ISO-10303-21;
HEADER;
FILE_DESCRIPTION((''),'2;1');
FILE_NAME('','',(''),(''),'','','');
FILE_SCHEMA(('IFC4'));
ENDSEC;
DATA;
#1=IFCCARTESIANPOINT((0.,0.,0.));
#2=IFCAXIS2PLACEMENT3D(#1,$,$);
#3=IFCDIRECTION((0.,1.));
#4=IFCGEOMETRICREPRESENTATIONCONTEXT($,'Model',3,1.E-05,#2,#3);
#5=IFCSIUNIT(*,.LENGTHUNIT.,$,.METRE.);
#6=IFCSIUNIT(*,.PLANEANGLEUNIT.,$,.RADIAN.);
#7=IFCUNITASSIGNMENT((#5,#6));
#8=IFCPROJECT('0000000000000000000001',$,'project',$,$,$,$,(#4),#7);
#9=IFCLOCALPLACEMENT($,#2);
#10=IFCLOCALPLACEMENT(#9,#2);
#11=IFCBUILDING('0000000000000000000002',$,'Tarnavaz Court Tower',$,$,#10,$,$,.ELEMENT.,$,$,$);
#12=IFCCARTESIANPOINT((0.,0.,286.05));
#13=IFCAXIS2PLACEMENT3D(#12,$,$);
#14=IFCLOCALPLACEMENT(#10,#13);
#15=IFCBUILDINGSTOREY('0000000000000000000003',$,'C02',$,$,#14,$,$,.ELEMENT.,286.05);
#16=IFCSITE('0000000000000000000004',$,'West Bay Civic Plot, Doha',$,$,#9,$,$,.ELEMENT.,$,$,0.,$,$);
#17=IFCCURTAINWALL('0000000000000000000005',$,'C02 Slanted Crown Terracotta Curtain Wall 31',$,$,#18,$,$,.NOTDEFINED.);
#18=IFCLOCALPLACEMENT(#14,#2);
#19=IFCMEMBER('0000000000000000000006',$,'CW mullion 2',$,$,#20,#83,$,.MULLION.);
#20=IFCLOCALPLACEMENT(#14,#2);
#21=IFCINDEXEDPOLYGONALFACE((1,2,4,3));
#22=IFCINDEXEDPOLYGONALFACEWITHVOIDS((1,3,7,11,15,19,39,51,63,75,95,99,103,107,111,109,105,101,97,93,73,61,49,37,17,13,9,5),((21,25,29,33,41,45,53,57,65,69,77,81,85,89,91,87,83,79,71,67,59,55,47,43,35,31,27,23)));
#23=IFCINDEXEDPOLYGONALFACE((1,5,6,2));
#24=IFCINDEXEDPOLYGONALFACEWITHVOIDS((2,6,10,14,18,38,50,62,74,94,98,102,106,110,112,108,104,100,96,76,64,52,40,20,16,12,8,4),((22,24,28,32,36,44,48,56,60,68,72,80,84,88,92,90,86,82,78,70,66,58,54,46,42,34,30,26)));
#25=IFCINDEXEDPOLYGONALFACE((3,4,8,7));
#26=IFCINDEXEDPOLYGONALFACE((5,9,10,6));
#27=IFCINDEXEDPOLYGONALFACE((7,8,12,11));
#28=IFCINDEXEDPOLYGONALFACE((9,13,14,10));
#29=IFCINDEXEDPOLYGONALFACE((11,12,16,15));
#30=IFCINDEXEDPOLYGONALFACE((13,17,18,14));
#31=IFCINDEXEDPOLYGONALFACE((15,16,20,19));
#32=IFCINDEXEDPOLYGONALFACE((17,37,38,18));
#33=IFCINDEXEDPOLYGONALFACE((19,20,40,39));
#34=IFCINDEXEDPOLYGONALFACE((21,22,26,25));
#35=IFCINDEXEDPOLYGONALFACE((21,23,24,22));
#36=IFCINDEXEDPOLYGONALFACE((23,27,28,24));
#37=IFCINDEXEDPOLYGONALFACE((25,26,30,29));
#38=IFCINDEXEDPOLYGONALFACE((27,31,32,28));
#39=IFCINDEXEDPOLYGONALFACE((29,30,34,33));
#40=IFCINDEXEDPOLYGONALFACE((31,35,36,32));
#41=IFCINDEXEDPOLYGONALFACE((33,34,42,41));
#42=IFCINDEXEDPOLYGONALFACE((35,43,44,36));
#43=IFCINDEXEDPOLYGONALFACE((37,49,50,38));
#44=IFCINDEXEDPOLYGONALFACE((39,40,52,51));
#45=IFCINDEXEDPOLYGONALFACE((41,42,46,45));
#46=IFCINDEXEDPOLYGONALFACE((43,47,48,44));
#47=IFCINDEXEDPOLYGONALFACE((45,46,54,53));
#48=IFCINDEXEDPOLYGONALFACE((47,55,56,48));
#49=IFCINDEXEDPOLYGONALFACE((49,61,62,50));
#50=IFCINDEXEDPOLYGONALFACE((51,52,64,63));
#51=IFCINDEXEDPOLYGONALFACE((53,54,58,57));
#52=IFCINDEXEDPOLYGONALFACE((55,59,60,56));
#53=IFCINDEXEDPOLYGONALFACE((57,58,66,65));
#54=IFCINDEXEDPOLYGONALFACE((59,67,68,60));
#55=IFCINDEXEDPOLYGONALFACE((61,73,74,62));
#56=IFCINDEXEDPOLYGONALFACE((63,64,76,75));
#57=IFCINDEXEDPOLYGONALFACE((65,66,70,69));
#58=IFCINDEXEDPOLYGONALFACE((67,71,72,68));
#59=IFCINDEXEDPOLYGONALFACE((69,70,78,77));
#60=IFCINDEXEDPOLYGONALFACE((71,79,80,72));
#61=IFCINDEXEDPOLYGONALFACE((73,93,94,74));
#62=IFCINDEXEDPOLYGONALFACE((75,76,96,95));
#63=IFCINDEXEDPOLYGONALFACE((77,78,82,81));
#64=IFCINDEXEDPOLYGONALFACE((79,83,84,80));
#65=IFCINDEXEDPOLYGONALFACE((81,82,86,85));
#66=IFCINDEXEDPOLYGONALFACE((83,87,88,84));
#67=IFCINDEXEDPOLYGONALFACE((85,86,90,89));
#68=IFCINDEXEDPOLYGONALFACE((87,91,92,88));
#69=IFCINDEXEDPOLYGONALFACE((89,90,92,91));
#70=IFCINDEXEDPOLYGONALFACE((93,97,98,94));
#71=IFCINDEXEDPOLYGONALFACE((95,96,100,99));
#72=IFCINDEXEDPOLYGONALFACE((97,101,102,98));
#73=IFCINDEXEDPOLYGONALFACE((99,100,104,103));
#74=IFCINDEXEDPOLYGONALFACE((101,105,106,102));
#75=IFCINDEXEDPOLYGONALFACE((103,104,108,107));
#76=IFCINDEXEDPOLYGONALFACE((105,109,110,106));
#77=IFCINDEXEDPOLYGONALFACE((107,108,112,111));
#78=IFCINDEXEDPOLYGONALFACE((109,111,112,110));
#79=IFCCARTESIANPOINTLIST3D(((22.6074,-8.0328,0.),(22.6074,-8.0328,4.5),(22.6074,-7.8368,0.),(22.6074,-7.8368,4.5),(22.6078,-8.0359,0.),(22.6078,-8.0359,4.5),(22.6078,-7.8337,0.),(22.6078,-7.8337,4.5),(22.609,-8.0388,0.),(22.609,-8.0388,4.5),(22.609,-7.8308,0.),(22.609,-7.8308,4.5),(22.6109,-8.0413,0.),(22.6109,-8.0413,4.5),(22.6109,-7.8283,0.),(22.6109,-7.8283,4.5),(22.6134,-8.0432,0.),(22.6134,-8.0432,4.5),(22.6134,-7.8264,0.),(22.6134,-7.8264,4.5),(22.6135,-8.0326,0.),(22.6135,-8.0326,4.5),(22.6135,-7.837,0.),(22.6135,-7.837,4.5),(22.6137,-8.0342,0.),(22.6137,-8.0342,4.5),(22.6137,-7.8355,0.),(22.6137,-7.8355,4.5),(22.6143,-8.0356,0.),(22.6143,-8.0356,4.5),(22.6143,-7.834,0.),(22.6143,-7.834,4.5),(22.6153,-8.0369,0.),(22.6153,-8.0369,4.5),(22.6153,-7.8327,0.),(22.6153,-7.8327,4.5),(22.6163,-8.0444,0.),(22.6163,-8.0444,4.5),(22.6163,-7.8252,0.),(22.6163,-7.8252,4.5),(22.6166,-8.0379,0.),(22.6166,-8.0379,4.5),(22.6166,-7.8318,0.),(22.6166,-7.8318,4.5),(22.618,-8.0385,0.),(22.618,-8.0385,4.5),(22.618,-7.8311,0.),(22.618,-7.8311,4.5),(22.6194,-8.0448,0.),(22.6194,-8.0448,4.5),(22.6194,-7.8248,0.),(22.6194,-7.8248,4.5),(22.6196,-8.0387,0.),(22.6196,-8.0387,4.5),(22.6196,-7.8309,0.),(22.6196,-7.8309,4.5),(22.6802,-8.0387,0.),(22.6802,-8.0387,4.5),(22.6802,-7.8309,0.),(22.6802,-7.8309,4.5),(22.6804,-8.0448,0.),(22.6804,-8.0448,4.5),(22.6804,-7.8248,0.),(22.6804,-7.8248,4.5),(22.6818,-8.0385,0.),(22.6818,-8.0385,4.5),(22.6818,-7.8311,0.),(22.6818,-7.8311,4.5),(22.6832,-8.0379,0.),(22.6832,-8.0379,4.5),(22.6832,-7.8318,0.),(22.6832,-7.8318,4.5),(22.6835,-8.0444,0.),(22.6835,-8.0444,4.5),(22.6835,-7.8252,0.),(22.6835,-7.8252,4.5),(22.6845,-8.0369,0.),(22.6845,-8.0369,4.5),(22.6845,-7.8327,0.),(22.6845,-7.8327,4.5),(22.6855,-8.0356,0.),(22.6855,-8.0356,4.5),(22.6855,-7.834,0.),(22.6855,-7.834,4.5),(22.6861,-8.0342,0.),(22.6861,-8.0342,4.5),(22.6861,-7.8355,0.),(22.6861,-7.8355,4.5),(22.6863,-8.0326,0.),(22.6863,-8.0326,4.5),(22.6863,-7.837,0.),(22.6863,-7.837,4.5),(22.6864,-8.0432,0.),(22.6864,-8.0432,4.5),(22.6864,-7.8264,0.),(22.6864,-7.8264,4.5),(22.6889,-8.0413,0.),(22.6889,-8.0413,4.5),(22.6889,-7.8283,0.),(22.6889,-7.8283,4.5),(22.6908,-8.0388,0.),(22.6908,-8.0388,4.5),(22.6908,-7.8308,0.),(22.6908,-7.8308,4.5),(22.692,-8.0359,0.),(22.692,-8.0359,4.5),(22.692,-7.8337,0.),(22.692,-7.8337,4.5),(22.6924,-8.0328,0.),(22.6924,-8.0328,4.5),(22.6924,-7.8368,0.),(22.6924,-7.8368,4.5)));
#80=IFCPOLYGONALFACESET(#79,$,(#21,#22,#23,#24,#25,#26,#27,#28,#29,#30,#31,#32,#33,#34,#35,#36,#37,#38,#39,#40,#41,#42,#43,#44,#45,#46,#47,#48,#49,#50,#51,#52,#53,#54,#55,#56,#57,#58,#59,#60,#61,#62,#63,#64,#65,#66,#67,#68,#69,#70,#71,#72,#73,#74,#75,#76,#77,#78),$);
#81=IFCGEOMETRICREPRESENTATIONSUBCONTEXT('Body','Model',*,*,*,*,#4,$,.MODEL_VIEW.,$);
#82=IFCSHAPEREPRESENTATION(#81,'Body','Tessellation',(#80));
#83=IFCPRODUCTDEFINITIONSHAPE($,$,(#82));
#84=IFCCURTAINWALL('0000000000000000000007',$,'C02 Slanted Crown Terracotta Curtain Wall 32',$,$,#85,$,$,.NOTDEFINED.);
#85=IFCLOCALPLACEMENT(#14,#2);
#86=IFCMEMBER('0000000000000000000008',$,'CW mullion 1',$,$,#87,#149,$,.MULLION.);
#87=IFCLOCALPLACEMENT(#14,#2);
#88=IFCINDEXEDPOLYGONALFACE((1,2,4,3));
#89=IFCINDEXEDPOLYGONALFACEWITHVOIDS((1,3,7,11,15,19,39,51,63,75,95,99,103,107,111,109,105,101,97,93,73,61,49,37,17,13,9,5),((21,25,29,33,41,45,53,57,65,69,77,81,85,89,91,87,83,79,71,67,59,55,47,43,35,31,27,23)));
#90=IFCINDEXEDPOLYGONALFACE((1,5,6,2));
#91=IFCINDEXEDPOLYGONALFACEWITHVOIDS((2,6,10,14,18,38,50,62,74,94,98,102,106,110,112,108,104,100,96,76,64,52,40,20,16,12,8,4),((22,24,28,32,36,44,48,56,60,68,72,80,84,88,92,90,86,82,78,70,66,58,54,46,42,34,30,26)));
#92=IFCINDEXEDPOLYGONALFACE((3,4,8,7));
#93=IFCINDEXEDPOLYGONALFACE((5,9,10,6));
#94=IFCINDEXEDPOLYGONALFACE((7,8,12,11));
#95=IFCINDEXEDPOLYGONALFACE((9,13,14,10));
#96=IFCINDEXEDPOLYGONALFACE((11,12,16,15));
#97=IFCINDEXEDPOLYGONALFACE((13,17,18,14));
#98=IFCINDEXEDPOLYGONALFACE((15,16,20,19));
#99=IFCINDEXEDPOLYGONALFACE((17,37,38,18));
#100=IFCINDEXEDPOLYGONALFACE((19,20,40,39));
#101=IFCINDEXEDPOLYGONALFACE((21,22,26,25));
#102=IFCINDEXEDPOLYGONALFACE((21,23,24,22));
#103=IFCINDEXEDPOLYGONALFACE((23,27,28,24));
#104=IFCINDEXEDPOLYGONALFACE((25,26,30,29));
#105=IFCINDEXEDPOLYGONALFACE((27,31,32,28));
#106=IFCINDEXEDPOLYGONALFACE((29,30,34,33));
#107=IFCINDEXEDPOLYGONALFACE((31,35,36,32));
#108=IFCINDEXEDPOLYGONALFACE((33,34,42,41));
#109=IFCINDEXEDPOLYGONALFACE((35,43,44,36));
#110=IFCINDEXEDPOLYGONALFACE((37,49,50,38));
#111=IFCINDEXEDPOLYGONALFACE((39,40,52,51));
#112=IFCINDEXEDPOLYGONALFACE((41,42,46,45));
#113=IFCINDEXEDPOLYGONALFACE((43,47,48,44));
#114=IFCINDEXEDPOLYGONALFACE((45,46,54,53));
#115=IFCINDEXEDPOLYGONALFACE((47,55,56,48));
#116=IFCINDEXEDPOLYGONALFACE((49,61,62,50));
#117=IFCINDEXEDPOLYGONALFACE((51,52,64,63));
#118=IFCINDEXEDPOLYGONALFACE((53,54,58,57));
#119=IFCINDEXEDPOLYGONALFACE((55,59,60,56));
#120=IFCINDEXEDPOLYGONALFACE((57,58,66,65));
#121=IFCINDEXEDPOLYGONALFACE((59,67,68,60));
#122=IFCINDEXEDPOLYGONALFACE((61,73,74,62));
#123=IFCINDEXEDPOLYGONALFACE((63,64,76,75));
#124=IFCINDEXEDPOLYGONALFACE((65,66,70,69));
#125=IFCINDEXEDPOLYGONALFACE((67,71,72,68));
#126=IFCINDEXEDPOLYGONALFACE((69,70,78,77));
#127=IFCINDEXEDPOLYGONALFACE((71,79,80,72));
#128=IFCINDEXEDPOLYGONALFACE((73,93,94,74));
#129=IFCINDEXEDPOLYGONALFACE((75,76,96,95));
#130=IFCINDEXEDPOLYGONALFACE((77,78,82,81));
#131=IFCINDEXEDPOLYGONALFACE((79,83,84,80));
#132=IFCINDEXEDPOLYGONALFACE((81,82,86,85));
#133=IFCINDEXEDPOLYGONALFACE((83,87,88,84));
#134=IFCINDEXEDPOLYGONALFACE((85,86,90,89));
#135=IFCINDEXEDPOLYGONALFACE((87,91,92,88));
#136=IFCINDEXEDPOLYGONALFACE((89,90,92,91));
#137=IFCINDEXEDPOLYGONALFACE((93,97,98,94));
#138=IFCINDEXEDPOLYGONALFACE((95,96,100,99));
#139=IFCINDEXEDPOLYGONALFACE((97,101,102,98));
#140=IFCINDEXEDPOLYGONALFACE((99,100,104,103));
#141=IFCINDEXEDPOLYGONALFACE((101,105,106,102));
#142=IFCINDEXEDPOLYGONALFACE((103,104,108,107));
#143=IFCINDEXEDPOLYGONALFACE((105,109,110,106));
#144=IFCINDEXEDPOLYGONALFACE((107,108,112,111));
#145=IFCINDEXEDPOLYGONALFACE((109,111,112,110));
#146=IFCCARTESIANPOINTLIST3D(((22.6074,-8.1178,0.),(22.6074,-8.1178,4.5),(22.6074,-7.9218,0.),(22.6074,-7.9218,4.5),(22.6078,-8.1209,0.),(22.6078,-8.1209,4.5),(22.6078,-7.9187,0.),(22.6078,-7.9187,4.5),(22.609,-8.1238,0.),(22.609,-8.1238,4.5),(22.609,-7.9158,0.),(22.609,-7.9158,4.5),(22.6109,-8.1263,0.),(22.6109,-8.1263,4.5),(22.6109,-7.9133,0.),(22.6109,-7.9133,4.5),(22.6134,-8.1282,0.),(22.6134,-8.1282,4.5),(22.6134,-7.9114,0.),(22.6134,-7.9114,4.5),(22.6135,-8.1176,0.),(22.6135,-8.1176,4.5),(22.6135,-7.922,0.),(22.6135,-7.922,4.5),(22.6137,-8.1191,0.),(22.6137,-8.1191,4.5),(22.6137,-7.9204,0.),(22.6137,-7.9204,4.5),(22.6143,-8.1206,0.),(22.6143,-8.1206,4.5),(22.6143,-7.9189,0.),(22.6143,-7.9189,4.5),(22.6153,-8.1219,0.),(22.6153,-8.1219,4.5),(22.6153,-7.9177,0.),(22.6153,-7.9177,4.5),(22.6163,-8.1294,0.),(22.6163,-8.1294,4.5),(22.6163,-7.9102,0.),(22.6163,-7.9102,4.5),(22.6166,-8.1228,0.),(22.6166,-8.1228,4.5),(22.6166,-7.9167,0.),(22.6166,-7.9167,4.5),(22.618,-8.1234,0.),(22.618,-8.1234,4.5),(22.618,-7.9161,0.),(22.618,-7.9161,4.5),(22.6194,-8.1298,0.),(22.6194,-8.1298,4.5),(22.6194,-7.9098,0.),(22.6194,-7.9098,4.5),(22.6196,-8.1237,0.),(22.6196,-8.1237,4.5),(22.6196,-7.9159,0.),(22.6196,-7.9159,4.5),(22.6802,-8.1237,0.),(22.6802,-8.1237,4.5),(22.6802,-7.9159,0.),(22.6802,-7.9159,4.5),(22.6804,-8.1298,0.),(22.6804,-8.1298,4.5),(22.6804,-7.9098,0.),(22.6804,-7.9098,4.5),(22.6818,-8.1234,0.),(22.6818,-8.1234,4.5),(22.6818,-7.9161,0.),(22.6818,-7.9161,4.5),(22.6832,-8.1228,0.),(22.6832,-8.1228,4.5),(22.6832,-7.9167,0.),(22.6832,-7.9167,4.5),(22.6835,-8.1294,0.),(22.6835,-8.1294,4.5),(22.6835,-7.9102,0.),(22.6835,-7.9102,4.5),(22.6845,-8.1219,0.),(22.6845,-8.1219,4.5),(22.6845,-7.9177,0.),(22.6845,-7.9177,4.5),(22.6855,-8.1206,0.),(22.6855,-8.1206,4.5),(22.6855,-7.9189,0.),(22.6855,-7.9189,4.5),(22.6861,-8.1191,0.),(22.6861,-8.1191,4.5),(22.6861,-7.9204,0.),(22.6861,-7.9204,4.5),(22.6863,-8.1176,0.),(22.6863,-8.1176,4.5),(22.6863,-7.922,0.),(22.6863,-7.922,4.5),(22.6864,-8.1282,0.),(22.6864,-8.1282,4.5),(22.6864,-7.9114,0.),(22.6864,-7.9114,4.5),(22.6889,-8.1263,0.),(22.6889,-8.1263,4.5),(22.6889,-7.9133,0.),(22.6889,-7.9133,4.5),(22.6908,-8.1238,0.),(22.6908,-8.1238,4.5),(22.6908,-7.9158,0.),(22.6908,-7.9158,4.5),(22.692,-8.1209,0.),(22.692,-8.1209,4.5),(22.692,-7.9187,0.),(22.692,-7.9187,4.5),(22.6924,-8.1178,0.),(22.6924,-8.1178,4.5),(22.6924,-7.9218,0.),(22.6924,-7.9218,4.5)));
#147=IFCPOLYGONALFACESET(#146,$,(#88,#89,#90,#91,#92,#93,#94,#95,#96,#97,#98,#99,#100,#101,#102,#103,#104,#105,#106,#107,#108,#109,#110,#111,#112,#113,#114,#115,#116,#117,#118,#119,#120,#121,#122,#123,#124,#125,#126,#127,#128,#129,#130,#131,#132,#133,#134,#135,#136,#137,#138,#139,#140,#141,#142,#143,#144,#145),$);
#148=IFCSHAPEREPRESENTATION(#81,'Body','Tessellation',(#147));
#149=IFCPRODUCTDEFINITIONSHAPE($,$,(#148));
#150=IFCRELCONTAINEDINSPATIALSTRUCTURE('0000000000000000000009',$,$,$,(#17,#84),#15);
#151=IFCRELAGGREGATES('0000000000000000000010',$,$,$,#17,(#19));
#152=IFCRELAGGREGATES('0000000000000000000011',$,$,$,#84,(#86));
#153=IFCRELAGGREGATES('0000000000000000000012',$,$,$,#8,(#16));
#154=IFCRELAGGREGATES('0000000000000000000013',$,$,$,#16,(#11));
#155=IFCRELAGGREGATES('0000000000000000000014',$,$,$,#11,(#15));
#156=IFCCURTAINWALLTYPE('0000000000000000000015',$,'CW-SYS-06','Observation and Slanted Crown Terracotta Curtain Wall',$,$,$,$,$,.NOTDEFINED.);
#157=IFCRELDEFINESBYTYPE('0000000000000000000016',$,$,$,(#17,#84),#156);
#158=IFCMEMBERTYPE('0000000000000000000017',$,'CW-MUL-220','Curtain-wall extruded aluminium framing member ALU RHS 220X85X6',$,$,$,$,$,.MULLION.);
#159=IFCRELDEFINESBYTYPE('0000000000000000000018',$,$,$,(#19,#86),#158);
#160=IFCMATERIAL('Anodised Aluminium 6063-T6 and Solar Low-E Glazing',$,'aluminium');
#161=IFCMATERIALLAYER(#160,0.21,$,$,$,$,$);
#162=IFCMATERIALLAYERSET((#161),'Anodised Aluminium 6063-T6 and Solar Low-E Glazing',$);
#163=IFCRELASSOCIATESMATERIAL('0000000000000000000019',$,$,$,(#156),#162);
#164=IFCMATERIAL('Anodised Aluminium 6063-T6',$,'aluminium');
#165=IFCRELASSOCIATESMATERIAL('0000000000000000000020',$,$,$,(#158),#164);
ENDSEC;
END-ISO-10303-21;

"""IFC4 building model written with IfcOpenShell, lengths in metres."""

from ifc_helpers import new_model, si_unit, direction, frame, origin, origin_2d, place, context, subcontext, project, spatial, hollow_rectangle, extrude, material, layer, layer_set, material_profile, profile_set, type_object, element, aggregate, save


model = new_model("IFC4")

# Units and contexts
model_context = context("Model", 3, precision=1e-05, world=origin(), true_north=direction((0.0, 1.0)))
body_context = subcontext(model_context, "Body", "Model", "MODEL_VIEW")
ifc_project = project(units=[si_unit("LENGTHUNIT", "METRE"), si_unit("PLANEANGLEUNIT", "RADIAN")], contexts=[model_context])

# Site, building, storey
site_placement = place(None, origin())
site = spatial("IfcSite", under=ifc_project, at=site_placement, Name="West Bay Civic Plot, Doha", CompositionType="ELEMENT", RefElevation=0.0)
building_placement = place(site_placement, origin())
building = spatial("IfcBuilding", under=site, at=building_placement, Name="Tarnavaz Court Tower", CompositionType="ELEMENT")
storey_placement = place(building_placement, frame((0.0, 0.0, 286.05)))
storey = spatial("IfcBuildingStorey", under=building, at=storey_placement, Name="C02", CompositionType="ELEMENT", Elevation=286.05)

# Shared definitions
ifc_material_1 = material(Name="Anodised Aluminium 6063-T6 and Solar Low-E Glazing", Category="aluminium")
ifc_layer_1 = layer(ifc_material_1, 0.21)
ifc_layer_set_1 = layer_set([ifc_layer_1], Name="Anodised Aluminium 6063-T6 and Solar Low-E Glazing")
curtain_wall_type = type_object("IfcCurtainWallType", Name="CW-SYS-06", Description="Observation and Slanted Crown Terracotta Curtain Wall", PredefinedType="NOTDEFINED", material=ifc_layer_set_1)
ifc_material_2 = material(Name="Anodised Aluminium 6063-T6", Category="aluminium")
ifc_material_profile_1 = material_profile(ifc_material_2, hollow_rectangle(XDim=0.085, YDim=0.22, WallThickness=0.0061, InnerFilletRadius=0.0061, OuterFilletRadius=0.012, at=origin_2d()), Name="ALU RHS 220X85X6")
ifc_profile_set_1 = profile_set([ifc_material_profile_1], Name="Anodised Aluminium 6063-T6")
member_type_1 = type_object("IfcMemberType", Name="CW-MUL-220", Description="Curtain-wall extruded aluminium framing member ALU RHS 220X85X6", PredefinedType="MULLION", material=ifc_profile_set_1)

# Curtain walls, members
curtain_wall_1_placement = place(storey_placement, origin())
curtain_wall_1 = element("IfcCurtainWall", 1, at=curtain_wall_1_placement, inside=storey, type_object=curtain_wall_type, Name="C02 Slanted Crown Terracotta Curtain Wall 31", PredefinedType="NOTDEFINED")
member_1_placement = place(storey_placement, frame((22.6499, -7.9348, 0.0), z_axis=(0.0, 0.0, 1.0), x_axis=(1.0, 0.0, 0.0)))
member_1 = element("IfcMember", 2, at=member_1_placement, type_object=member_type_1, Name="CW mullion 2", PredefinedType="MULLION", context=body_context, shape_type="SweptSolid", body=[
    extrude(hollow_rectangle(XDim=0.085, YDim=0.22, WallThickness=0.0061, InnerFilletRadius=0.0061, OuterFilletRadius=0.012, at=origin_2d()), origin(), (0.0, 0.0, 1.0), 4.5),
])
curtain_wall_2_placement = place(storey_placement, origin())
curtain_wall_2 = element("IfcCurtainWall", 3, at=curtain_wall_2_placement, inside=storey, type_object=curtain_wall_type, Name="C02 Slanted Crown Terracotta Curtain Wall 32", PredefinedType="NOTDEFINED")
member_2_placement = place(storey_placement, frame((22.6499, -8.0198, 0.0), z_axis=(0.0, 0.0, 1.0), x_axis=(1.0, 0.0, 0.0)))
member_2 = element("IfcMember", 4, at=member_2_placement, type_object=member_type_1, Name="CW mullion 1", PredefinedType="MULLION", context=body_context, shape_type="SweptSolid", body=[
    extrude(hollow_rectangle(XDim=0.085, YDim=0.22, WallThickness=0.0061, InnerFilletRadius=0.0061, OuterFilletRadius=0.012, at=origin_2d()), origin(), (0.0, 0.0, 1.0), 4.5),
])

aggregate(curtain_wall_1, [member_1])
aggregate(curtain_wall_2, [member_2])

save(model, "model.ifc")
